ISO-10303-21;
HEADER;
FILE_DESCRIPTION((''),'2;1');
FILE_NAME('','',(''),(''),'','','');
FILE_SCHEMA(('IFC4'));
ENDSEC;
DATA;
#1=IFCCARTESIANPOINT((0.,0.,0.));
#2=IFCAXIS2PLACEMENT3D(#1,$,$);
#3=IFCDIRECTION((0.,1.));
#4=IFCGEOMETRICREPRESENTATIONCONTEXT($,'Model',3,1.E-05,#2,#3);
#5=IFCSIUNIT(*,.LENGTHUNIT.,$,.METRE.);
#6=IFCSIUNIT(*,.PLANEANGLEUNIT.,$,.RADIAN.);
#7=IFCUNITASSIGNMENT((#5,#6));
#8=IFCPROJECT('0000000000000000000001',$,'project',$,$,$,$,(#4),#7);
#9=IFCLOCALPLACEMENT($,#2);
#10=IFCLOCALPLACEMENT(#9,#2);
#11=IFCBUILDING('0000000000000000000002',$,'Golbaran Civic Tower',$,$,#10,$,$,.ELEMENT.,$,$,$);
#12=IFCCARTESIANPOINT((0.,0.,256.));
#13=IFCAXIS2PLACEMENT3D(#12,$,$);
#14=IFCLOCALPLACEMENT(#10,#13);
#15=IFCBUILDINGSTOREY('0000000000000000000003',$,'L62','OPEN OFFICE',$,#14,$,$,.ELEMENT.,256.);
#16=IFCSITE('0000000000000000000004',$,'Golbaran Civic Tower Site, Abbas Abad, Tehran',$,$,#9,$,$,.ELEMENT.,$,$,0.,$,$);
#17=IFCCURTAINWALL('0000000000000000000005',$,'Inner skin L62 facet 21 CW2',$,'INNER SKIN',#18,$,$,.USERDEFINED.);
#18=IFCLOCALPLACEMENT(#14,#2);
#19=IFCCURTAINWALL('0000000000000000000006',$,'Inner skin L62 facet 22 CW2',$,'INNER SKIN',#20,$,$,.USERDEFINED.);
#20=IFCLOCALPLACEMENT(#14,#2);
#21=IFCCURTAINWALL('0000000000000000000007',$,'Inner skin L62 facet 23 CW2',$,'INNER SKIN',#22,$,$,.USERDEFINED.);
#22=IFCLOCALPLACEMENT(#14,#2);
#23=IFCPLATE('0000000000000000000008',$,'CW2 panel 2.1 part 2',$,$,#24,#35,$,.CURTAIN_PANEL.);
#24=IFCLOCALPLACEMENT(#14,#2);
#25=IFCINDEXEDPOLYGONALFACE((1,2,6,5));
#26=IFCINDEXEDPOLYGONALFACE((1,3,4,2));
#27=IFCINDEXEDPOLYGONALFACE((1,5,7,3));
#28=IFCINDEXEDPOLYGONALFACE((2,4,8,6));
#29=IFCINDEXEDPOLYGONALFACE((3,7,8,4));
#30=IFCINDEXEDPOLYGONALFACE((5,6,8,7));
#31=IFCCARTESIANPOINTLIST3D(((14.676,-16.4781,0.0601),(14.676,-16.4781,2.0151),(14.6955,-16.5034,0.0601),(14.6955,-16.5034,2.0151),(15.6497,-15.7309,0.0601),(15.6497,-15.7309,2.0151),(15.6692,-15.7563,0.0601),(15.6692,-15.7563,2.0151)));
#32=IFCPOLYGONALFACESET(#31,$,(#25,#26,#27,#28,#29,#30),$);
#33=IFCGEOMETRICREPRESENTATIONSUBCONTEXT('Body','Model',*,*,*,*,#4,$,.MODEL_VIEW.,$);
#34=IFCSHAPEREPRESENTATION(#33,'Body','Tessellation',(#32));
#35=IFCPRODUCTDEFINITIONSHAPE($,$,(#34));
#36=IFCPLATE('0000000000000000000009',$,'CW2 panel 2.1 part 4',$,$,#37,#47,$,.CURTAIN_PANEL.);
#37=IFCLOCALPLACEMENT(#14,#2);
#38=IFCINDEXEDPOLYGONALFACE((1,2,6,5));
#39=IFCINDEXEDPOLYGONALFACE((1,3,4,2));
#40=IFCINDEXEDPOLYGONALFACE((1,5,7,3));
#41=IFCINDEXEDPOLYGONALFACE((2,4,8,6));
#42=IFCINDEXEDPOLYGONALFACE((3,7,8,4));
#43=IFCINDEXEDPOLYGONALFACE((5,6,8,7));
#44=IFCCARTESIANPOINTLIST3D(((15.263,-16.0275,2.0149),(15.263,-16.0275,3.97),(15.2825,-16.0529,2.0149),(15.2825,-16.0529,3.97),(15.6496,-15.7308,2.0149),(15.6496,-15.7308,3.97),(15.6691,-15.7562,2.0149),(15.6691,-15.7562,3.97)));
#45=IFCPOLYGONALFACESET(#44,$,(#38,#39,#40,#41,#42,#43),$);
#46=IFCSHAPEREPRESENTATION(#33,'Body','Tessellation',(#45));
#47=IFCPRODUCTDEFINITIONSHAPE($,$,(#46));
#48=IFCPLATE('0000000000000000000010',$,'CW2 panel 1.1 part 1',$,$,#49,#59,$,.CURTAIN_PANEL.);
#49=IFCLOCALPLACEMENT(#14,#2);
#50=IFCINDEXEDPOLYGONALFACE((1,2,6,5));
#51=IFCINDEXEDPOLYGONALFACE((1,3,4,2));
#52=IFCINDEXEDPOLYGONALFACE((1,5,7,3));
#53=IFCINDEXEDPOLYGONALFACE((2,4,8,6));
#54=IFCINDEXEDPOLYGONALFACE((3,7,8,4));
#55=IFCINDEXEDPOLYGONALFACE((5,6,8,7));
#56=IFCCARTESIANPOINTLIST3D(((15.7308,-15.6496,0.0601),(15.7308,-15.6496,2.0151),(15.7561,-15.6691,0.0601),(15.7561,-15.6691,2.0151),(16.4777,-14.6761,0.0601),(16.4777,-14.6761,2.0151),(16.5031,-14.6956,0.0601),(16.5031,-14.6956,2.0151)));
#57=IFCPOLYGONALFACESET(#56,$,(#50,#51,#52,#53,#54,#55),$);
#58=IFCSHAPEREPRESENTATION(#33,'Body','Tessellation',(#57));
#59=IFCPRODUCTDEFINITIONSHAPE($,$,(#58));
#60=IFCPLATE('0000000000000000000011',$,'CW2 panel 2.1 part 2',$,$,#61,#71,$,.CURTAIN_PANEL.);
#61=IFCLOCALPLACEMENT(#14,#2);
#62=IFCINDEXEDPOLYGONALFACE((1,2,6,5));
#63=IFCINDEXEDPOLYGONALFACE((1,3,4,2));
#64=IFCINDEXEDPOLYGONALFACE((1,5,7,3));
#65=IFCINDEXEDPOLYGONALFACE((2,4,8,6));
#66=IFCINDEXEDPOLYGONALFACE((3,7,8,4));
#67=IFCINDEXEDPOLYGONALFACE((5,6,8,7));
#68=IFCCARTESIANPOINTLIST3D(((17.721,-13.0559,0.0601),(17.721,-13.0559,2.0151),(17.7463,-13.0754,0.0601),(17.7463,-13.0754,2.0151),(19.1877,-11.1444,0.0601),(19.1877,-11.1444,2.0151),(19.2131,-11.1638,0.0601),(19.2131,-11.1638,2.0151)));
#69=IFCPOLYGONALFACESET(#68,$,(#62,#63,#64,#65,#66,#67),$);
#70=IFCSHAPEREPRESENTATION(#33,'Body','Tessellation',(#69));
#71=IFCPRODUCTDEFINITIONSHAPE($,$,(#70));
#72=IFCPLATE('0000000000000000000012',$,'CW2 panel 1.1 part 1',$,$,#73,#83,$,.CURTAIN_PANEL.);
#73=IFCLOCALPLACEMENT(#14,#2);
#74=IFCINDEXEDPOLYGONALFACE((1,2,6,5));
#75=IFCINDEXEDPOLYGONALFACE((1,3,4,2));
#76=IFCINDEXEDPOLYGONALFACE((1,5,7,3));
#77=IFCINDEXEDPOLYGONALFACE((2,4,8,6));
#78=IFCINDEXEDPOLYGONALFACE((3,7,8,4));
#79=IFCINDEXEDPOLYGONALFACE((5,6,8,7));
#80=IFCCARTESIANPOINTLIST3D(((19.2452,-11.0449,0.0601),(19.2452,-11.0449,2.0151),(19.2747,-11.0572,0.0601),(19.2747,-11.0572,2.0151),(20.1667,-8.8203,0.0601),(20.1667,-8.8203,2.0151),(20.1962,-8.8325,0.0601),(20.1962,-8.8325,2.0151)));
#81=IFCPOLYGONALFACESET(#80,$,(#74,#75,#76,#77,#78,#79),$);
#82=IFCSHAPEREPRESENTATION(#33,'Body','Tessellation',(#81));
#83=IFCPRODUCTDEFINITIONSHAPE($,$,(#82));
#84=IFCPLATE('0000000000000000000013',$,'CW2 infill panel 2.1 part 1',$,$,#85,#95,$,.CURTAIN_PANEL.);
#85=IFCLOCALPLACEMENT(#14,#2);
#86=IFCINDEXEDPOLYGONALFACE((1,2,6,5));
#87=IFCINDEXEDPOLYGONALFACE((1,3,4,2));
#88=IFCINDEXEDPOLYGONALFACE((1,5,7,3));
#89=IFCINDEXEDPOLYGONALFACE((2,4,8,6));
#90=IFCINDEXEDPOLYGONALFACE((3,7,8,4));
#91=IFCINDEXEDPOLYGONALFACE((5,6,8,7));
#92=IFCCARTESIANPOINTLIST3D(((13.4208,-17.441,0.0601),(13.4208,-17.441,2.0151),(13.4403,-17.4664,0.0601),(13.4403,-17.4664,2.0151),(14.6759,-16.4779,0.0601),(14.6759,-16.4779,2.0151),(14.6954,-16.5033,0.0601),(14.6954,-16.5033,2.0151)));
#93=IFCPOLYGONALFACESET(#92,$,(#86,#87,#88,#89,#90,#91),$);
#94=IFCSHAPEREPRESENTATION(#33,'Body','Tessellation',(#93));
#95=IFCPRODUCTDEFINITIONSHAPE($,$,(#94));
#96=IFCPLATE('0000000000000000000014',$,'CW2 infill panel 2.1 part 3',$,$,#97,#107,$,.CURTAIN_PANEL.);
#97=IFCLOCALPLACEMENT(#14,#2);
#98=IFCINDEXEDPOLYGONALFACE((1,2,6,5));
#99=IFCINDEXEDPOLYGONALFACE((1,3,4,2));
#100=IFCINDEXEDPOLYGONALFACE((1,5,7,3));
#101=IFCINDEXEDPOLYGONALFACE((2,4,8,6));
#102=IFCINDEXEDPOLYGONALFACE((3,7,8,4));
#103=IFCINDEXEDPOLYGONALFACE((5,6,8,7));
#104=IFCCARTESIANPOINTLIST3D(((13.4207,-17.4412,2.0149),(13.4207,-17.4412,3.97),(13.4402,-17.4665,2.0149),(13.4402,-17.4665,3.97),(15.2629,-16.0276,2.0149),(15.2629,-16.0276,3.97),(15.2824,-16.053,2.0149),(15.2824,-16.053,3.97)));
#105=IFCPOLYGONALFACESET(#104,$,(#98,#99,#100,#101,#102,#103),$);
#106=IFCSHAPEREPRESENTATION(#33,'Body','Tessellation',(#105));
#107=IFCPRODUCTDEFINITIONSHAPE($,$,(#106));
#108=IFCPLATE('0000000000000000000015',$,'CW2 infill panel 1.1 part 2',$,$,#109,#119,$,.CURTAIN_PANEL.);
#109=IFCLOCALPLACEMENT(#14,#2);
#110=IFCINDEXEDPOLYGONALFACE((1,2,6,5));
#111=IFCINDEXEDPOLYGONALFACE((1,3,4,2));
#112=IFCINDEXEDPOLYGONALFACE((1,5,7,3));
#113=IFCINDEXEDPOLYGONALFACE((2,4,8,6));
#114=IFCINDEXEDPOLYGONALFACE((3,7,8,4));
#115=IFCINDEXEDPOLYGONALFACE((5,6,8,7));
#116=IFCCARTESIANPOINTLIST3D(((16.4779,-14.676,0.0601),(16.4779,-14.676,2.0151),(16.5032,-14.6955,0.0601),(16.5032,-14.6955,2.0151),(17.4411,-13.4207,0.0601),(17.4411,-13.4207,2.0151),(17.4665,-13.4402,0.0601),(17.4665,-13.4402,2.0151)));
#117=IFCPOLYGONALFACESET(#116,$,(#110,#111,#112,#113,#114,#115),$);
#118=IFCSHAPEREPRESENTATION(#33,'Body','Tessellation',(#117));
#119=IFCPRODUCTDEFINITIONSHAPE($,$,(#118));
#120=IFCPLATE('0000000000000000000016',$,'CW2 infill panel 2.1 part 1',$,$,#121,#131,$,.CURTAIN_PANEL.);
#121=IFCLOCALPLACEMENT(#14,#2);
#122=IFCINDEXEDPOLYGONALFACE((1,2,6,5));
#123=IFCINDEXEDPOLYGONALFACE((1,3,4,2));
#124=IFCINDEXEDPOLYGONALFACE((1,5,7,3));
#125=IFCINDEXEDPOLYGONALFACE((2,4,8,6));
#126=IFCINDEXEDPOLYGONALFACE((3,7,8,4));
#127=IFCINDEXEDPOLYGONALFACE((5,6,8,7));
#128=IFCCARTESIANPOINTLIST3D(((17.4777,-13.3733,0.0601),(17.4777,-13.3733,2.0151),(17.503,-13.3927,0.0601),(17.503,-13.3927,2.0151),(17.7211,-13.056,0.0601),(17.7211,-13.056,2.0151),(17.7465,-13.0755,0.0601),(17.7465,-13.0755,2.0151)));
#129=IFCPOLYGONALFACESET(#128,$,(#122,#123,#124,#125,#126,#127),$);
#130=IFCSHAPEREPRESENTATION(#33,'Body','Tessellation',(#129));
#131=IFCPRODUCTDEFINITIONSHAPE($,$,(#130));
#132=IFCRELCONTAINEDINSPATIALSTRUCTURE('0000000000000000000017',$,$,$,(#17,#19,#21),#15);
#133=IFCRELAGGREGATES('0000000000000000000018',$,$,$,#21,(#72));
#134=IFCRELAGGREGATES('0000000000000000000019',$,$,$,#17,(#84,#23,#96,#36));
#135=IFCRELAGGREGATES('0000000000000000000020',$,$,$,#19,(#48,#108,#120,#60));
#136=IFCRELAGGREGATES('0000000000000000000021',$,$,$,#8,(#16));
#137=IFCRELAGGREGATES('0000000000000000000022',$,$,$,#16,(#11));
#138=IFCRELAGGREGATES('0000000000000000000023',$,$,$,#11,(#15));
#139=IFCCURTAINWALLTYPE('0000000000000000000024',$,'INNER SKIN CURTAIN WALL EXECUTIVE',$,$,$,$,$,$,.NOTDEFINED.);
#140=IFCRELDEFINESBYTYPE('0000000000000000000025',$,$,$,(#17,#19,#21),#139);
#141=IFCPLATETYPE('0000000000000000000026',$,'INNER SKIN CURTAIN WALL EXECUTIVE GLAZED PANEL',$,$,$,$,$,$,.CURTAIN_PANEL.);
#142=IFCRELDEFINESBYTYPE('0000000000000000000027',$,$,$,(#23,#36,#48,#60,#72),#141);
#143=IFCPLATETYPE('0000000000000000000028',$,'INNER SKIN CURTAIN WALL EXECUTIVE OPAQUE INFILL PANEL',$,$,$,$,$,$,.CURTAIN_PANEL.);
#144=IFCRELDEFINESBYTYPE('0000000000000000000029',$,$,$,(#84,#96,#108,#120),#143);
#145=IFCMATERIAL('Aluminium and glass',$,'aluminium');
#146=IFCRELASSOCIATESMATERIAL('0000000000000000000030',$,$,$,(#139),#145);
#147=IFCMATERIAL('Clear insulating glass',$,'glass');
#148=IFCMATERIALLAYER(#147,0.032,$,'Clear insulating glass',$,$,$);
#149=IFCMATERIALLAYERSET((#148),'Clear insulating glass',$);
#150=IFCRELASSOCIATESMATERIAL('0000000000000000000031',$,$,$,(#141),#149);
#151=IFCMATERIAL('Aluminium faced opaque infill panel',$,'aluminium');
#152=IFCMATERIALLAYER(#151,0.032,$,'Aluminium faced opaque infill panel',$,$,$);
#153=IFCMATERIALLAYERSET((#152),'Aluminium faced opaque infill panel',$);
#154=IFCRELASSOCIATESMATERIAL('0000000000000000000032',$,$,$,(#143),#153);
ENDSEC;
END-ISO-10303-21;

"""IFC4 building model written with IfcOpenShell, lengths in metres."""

from ifc_helpers import new_model, si_unit, direction, frame, origin, origin_2d, place, context, subcontext, project, spatial, rectangle, extrude, material, layer, layer_set, type_object, element, aggregate, save


model = new_model("IFC4")

# Units and contexts
model_context = context("Model", 3, precision=1e-05, world=origin(), true_north=direction((0.0, 1.0)))
body_context = subcontext(model_context, "Body", "Model", "MODEL_VIEW")
ifc_project = project(units=[si_unit("LENGTHUNIT", "METRE"), si_unit("PLANEANGLEUNIT", "RADIAN")], contexts=[model_context])

# Site, building, storey
site_placement = place(None, origin())
site = spatial("IfcSite", under=ifc_project, at=site_placement, Name="Golbaran Civic Tower Site, Abbas Abad, Tehran", CompositionType="ELEMENT", RefElevation=0.0)
building_placement = place(site_placement, origin())
building = spatial("IfcBuilding", under=site, at=building_placement, Name="Golbaran Civic Tower", CompositionType="ELEMENT")
storey_placement = place(building_placement, frame((0.0, 0.0, 256.0)))
storey = spatial("IfcBuildingStorey", under=building, at=storey_placement, Name="L62", Description="OPEN OFFICE", CompositionType="ELEMENT", Elevation=256.0)

# Curtain walls
ifc_material_1 = material(Name="Aluminium and glass", Category="aluminium")
curtain_wall_type = type_object("IfcCurtainWallType", Name="INNER SKIN CURTAIN WALL EXECUTIVE", PredefinedType="NOTDEFINED", material=ifc_material_1)
curtain_wall_1_placement = place(storey_placement, origin())
curtain_wall_1 = element("IfcCurtainWall", 1, at=curtain_wall_1_placement, inside=storey, type_object=curtain_wall_type, Name="Inner skin L62 facet 21 CW2", ObjectType="INNER SKIN", PredefinedType="USERDEFINED")
curtain_wall_2_placement = place(storey_placement, origin())
curtain_wall_2 = element("IfcCurtainWall", 2, at=curtain_wall_2_placement, inside=storey, type_object=curtain_wall_type, Name="Inner skin L62 facet 22 CW2", ObjectType="INNER SKIN", PredefinedType="USERDEFINED")

# Curtain wall
curtain_wall_3_placement = place(storey_placement, origin())
curtain_wall_3 = element("IfcCurtainWall", 3, at=curtain_wall_3_placement, inside=storey, type_object=curtain_wall_type, Name="Inner skin L62 facet 23 CW2", ObjectType="INNER SKIN", PredefinedType="USERDEFINED")

# Plates
ifc_material_2 = material(Name="Clear insulating glass", Category="glass")
ifc_layer_1 = layer(ifc_material_2, 0.032, Name="Clear insulating glass")
ifc_layer_set_1 = layer_set([ifc_layer_1], Name="Clear insulating glass")
plate_type_1 = type_object("IfcPlateType", Name="INNER SKIN CURTAIN WALL EXECUTIVE GLAZED PANEL", PredefinedType="CURTAIN_PANEL", material=ifc_layer_set_1)
plate_1_placement = place(storey_placement, frame((15.1726, -16.1172, 0.0601), z_axis=(0.0, 0.0, 1.0), x_axis=(0.793353, 0.608761, 0.0)))
plate_1 = element("IfcPlate", 4, at=plate_1_placement, type_object=plate_type_1, Name="CW2 panel 2.1 part 2", PredefinedType="CURTAIN_PANEL", context=body_context, shape_type="SweptSolid", body=[
    extrude(rectangle(XDim=1.2273, YDim=0.032, at=origin_2d()), origin(), (0.0, 0.0, 1.0), 1.9551),
])
plate_2_placement = place(storey_placement, frame((15.4661, -15.8918, 2.0149), z_axis=(0.0, 0.0, 1.0), x_axis=(0.793353, 0.608761, 0.0)))
plate_2 = element("IfcPlate", 5, at=plate_2_placement, type_object=plate_type_1, Name="CW2 panel 2.1 part 4", PredefinedType="CURTAIN_PANEL", context=body_context, shape_type="SweptSolid", body=[
    extrude(rectangle(XDim=0.4873, YDim=0.032, at=origin_2d()), origin(), (0.0, 0.0, 1.0), 1.9551),
])
plate_3_placement = place(storey_placement, frame((16.1169, -15.1726, 0.0601), z_axis=(0.0, 0.0, 1.0), x_axis=(0.608761, 0.793353, 0.0)))
plate_3 = element("IfcPlate", 6, at=plate_3_placement, type_object=plate_type_1, Name="CW2 panel 1.1 part 1", PredefinedType="CURTAIN_PANEL", context=body_context, shape_type="SweptSolid", body=[
    extrude(rectangle(XDim=1.2271, YDim=0.032, at=origin_2d()), origin(), (0.0, 0.0, 1.0), 1.9551),
])
plate_4_placement = place(storey_placement, frame((18.467, -12.1099, 0.0601), z_axis=(0.0, 0.0, 1.0), x_axis=(0.608761, 0.793353, 0.0)))
plate_4 = element("IfcPlate", 7, at=plate_4_placement, type_object=plate_type_1, Name="CW2 panel 2.1 part 2", PredefinedType="CURTAIN_PANEL", context=body_context, shape_type="SweptSolid", body=[
    extrude(rectangle(XDim=2.4094, YDim=0.032, at=origin_2d()), origin(), (0.0, 0.0, 1.0), 1.9551),
])
plate_5_placement = place(storey_placement, frame((19.7207, -9.9387, 0.0601), z_axis=(0.0, 0.0, 1.0), x_axis=(0.382683, 0.92388, 0.0)))
plate_5 = element("IfcPlate", 8, at=plate_5_placement, type_object=plate_type_1, Name="CW2 panel 1.1 part 1", PredefinedType="CURTAIN_PANEL", context=body_context, shape_type="SweptSolid", body=[
    extrude(rectangle(XDim=2.408, YDim=0.032, at=origin_2d()), origin(), (0.0, 0.0, 1.0), 1.9551),
])
aggregate(curtain_wall_3, [plate_5])
ifc_material_3 = material(Name="Aluminium faced opaque infill panel", Category="aluminium")
ifc_layer_2 = layer(ifc_material_3, 0.032, Name="Aluminium faced opaque infill panel")
ifc_layer_set_2 = layer_set([ifc_layer_2], Name="Aluminium faced opaque infill panel")
plate_type_2 = type_object("IfcPlateType", Name="INNER SKIN CURTAIN WALL EXECUTIVE OPAQUE INFILL PANEL", PredefinedType="CURTAIN_PANEL", material=ifc_layer_set_2)
plate_6_placement = place(storey_placement, frame((14.0581, -16.9722, 0.0601), z_axis=(0.0, 0.0, 1.0), x_axis=(0.793353, 0.608761, 0.0)))
plate_6 = element("IfcPlate", 9, at=plate_6_placement, type_object=plate_type_2, Name="CW2 infill panel 2.1 part 1", PredefinedType="CURTAIN_PANEL", context=body_context, shape_type="SweptSolid", body=[
    extrude(rectangle(XDim=1.582, YDim=0.032, at=origin_2d()), origin(), (0.0, 0.0, 1.0), 1.9551),
])
plate_7_placement = place(storey_placement, frame((14.3516, -16.7471, 2.0149), z_axis=(0.0, 0.0, 1.0), x_axis=(0.793353, 0.608761, 0.0)))
plate_7 = element("IfcPlate", 10, at=plate_7_placement, type_object=plate_type_2, Name="CW2 infill panel 2.1 part 3", PredefinedType="CURTAIN_PANEL", context=body_context, shape_type="SweptSolid", body=[
    extrude(rectangle(XDim=2.322, YDim=0.032, at=origin_2d()), origin(), (0.0, 0.0, 1.0), 1.9551),
])
aggregate(curtain_wall_1, [plate_6, plate_1, plate_7, plate_2])
plate_8_placement = place(storey_placement, frame((16.9722, -14.0581, 0.0601), z_axis=(0.0, 0.0, 1.0), x_axis=(0.608761, 0.793353, 0.0)))
plate_8 = element("IfcPlate", 11, at=plate_8_placement, type_object=plate_type_2, Name="CW2 infill panel 1.1 part 2", PredefinedType="CURTAIN_PANEL", context=body_context, shape_type="SweptSolid", body=[
    extrude(rectangle(XDim=1.5823, YDim=0.032, at=origin_2d()), origin(), (0.0, 0.0, 1.0), 1.9551),
])
plate_9_placement = place(storey_placement, frame((17.6121, -13.2244, 0.0601), z_axis=(0.0, 0.0, 1.0), x_axis=(0.608761, 0.793353, 0.0)))
plate_9 = element("IfcPlate", 12, at=plate_9_placement, type_object=plate_type_2, Name="CW2 infill panel 2.1 part 1", PredefinedType="CURTAIN_PANEL", context=body_context, shape_type="SweptSolid", body=[
    extrude(rectangle(XDim=0.3999, YDim=0.032, at=origin_2d()), origin(), (0.0, 0.0, 1.0), 1.9551),
])
aggregate(curtain_wall_2, [plate_3, plate_8, plate_9, plate_4])

save(model, "model.ifc")
